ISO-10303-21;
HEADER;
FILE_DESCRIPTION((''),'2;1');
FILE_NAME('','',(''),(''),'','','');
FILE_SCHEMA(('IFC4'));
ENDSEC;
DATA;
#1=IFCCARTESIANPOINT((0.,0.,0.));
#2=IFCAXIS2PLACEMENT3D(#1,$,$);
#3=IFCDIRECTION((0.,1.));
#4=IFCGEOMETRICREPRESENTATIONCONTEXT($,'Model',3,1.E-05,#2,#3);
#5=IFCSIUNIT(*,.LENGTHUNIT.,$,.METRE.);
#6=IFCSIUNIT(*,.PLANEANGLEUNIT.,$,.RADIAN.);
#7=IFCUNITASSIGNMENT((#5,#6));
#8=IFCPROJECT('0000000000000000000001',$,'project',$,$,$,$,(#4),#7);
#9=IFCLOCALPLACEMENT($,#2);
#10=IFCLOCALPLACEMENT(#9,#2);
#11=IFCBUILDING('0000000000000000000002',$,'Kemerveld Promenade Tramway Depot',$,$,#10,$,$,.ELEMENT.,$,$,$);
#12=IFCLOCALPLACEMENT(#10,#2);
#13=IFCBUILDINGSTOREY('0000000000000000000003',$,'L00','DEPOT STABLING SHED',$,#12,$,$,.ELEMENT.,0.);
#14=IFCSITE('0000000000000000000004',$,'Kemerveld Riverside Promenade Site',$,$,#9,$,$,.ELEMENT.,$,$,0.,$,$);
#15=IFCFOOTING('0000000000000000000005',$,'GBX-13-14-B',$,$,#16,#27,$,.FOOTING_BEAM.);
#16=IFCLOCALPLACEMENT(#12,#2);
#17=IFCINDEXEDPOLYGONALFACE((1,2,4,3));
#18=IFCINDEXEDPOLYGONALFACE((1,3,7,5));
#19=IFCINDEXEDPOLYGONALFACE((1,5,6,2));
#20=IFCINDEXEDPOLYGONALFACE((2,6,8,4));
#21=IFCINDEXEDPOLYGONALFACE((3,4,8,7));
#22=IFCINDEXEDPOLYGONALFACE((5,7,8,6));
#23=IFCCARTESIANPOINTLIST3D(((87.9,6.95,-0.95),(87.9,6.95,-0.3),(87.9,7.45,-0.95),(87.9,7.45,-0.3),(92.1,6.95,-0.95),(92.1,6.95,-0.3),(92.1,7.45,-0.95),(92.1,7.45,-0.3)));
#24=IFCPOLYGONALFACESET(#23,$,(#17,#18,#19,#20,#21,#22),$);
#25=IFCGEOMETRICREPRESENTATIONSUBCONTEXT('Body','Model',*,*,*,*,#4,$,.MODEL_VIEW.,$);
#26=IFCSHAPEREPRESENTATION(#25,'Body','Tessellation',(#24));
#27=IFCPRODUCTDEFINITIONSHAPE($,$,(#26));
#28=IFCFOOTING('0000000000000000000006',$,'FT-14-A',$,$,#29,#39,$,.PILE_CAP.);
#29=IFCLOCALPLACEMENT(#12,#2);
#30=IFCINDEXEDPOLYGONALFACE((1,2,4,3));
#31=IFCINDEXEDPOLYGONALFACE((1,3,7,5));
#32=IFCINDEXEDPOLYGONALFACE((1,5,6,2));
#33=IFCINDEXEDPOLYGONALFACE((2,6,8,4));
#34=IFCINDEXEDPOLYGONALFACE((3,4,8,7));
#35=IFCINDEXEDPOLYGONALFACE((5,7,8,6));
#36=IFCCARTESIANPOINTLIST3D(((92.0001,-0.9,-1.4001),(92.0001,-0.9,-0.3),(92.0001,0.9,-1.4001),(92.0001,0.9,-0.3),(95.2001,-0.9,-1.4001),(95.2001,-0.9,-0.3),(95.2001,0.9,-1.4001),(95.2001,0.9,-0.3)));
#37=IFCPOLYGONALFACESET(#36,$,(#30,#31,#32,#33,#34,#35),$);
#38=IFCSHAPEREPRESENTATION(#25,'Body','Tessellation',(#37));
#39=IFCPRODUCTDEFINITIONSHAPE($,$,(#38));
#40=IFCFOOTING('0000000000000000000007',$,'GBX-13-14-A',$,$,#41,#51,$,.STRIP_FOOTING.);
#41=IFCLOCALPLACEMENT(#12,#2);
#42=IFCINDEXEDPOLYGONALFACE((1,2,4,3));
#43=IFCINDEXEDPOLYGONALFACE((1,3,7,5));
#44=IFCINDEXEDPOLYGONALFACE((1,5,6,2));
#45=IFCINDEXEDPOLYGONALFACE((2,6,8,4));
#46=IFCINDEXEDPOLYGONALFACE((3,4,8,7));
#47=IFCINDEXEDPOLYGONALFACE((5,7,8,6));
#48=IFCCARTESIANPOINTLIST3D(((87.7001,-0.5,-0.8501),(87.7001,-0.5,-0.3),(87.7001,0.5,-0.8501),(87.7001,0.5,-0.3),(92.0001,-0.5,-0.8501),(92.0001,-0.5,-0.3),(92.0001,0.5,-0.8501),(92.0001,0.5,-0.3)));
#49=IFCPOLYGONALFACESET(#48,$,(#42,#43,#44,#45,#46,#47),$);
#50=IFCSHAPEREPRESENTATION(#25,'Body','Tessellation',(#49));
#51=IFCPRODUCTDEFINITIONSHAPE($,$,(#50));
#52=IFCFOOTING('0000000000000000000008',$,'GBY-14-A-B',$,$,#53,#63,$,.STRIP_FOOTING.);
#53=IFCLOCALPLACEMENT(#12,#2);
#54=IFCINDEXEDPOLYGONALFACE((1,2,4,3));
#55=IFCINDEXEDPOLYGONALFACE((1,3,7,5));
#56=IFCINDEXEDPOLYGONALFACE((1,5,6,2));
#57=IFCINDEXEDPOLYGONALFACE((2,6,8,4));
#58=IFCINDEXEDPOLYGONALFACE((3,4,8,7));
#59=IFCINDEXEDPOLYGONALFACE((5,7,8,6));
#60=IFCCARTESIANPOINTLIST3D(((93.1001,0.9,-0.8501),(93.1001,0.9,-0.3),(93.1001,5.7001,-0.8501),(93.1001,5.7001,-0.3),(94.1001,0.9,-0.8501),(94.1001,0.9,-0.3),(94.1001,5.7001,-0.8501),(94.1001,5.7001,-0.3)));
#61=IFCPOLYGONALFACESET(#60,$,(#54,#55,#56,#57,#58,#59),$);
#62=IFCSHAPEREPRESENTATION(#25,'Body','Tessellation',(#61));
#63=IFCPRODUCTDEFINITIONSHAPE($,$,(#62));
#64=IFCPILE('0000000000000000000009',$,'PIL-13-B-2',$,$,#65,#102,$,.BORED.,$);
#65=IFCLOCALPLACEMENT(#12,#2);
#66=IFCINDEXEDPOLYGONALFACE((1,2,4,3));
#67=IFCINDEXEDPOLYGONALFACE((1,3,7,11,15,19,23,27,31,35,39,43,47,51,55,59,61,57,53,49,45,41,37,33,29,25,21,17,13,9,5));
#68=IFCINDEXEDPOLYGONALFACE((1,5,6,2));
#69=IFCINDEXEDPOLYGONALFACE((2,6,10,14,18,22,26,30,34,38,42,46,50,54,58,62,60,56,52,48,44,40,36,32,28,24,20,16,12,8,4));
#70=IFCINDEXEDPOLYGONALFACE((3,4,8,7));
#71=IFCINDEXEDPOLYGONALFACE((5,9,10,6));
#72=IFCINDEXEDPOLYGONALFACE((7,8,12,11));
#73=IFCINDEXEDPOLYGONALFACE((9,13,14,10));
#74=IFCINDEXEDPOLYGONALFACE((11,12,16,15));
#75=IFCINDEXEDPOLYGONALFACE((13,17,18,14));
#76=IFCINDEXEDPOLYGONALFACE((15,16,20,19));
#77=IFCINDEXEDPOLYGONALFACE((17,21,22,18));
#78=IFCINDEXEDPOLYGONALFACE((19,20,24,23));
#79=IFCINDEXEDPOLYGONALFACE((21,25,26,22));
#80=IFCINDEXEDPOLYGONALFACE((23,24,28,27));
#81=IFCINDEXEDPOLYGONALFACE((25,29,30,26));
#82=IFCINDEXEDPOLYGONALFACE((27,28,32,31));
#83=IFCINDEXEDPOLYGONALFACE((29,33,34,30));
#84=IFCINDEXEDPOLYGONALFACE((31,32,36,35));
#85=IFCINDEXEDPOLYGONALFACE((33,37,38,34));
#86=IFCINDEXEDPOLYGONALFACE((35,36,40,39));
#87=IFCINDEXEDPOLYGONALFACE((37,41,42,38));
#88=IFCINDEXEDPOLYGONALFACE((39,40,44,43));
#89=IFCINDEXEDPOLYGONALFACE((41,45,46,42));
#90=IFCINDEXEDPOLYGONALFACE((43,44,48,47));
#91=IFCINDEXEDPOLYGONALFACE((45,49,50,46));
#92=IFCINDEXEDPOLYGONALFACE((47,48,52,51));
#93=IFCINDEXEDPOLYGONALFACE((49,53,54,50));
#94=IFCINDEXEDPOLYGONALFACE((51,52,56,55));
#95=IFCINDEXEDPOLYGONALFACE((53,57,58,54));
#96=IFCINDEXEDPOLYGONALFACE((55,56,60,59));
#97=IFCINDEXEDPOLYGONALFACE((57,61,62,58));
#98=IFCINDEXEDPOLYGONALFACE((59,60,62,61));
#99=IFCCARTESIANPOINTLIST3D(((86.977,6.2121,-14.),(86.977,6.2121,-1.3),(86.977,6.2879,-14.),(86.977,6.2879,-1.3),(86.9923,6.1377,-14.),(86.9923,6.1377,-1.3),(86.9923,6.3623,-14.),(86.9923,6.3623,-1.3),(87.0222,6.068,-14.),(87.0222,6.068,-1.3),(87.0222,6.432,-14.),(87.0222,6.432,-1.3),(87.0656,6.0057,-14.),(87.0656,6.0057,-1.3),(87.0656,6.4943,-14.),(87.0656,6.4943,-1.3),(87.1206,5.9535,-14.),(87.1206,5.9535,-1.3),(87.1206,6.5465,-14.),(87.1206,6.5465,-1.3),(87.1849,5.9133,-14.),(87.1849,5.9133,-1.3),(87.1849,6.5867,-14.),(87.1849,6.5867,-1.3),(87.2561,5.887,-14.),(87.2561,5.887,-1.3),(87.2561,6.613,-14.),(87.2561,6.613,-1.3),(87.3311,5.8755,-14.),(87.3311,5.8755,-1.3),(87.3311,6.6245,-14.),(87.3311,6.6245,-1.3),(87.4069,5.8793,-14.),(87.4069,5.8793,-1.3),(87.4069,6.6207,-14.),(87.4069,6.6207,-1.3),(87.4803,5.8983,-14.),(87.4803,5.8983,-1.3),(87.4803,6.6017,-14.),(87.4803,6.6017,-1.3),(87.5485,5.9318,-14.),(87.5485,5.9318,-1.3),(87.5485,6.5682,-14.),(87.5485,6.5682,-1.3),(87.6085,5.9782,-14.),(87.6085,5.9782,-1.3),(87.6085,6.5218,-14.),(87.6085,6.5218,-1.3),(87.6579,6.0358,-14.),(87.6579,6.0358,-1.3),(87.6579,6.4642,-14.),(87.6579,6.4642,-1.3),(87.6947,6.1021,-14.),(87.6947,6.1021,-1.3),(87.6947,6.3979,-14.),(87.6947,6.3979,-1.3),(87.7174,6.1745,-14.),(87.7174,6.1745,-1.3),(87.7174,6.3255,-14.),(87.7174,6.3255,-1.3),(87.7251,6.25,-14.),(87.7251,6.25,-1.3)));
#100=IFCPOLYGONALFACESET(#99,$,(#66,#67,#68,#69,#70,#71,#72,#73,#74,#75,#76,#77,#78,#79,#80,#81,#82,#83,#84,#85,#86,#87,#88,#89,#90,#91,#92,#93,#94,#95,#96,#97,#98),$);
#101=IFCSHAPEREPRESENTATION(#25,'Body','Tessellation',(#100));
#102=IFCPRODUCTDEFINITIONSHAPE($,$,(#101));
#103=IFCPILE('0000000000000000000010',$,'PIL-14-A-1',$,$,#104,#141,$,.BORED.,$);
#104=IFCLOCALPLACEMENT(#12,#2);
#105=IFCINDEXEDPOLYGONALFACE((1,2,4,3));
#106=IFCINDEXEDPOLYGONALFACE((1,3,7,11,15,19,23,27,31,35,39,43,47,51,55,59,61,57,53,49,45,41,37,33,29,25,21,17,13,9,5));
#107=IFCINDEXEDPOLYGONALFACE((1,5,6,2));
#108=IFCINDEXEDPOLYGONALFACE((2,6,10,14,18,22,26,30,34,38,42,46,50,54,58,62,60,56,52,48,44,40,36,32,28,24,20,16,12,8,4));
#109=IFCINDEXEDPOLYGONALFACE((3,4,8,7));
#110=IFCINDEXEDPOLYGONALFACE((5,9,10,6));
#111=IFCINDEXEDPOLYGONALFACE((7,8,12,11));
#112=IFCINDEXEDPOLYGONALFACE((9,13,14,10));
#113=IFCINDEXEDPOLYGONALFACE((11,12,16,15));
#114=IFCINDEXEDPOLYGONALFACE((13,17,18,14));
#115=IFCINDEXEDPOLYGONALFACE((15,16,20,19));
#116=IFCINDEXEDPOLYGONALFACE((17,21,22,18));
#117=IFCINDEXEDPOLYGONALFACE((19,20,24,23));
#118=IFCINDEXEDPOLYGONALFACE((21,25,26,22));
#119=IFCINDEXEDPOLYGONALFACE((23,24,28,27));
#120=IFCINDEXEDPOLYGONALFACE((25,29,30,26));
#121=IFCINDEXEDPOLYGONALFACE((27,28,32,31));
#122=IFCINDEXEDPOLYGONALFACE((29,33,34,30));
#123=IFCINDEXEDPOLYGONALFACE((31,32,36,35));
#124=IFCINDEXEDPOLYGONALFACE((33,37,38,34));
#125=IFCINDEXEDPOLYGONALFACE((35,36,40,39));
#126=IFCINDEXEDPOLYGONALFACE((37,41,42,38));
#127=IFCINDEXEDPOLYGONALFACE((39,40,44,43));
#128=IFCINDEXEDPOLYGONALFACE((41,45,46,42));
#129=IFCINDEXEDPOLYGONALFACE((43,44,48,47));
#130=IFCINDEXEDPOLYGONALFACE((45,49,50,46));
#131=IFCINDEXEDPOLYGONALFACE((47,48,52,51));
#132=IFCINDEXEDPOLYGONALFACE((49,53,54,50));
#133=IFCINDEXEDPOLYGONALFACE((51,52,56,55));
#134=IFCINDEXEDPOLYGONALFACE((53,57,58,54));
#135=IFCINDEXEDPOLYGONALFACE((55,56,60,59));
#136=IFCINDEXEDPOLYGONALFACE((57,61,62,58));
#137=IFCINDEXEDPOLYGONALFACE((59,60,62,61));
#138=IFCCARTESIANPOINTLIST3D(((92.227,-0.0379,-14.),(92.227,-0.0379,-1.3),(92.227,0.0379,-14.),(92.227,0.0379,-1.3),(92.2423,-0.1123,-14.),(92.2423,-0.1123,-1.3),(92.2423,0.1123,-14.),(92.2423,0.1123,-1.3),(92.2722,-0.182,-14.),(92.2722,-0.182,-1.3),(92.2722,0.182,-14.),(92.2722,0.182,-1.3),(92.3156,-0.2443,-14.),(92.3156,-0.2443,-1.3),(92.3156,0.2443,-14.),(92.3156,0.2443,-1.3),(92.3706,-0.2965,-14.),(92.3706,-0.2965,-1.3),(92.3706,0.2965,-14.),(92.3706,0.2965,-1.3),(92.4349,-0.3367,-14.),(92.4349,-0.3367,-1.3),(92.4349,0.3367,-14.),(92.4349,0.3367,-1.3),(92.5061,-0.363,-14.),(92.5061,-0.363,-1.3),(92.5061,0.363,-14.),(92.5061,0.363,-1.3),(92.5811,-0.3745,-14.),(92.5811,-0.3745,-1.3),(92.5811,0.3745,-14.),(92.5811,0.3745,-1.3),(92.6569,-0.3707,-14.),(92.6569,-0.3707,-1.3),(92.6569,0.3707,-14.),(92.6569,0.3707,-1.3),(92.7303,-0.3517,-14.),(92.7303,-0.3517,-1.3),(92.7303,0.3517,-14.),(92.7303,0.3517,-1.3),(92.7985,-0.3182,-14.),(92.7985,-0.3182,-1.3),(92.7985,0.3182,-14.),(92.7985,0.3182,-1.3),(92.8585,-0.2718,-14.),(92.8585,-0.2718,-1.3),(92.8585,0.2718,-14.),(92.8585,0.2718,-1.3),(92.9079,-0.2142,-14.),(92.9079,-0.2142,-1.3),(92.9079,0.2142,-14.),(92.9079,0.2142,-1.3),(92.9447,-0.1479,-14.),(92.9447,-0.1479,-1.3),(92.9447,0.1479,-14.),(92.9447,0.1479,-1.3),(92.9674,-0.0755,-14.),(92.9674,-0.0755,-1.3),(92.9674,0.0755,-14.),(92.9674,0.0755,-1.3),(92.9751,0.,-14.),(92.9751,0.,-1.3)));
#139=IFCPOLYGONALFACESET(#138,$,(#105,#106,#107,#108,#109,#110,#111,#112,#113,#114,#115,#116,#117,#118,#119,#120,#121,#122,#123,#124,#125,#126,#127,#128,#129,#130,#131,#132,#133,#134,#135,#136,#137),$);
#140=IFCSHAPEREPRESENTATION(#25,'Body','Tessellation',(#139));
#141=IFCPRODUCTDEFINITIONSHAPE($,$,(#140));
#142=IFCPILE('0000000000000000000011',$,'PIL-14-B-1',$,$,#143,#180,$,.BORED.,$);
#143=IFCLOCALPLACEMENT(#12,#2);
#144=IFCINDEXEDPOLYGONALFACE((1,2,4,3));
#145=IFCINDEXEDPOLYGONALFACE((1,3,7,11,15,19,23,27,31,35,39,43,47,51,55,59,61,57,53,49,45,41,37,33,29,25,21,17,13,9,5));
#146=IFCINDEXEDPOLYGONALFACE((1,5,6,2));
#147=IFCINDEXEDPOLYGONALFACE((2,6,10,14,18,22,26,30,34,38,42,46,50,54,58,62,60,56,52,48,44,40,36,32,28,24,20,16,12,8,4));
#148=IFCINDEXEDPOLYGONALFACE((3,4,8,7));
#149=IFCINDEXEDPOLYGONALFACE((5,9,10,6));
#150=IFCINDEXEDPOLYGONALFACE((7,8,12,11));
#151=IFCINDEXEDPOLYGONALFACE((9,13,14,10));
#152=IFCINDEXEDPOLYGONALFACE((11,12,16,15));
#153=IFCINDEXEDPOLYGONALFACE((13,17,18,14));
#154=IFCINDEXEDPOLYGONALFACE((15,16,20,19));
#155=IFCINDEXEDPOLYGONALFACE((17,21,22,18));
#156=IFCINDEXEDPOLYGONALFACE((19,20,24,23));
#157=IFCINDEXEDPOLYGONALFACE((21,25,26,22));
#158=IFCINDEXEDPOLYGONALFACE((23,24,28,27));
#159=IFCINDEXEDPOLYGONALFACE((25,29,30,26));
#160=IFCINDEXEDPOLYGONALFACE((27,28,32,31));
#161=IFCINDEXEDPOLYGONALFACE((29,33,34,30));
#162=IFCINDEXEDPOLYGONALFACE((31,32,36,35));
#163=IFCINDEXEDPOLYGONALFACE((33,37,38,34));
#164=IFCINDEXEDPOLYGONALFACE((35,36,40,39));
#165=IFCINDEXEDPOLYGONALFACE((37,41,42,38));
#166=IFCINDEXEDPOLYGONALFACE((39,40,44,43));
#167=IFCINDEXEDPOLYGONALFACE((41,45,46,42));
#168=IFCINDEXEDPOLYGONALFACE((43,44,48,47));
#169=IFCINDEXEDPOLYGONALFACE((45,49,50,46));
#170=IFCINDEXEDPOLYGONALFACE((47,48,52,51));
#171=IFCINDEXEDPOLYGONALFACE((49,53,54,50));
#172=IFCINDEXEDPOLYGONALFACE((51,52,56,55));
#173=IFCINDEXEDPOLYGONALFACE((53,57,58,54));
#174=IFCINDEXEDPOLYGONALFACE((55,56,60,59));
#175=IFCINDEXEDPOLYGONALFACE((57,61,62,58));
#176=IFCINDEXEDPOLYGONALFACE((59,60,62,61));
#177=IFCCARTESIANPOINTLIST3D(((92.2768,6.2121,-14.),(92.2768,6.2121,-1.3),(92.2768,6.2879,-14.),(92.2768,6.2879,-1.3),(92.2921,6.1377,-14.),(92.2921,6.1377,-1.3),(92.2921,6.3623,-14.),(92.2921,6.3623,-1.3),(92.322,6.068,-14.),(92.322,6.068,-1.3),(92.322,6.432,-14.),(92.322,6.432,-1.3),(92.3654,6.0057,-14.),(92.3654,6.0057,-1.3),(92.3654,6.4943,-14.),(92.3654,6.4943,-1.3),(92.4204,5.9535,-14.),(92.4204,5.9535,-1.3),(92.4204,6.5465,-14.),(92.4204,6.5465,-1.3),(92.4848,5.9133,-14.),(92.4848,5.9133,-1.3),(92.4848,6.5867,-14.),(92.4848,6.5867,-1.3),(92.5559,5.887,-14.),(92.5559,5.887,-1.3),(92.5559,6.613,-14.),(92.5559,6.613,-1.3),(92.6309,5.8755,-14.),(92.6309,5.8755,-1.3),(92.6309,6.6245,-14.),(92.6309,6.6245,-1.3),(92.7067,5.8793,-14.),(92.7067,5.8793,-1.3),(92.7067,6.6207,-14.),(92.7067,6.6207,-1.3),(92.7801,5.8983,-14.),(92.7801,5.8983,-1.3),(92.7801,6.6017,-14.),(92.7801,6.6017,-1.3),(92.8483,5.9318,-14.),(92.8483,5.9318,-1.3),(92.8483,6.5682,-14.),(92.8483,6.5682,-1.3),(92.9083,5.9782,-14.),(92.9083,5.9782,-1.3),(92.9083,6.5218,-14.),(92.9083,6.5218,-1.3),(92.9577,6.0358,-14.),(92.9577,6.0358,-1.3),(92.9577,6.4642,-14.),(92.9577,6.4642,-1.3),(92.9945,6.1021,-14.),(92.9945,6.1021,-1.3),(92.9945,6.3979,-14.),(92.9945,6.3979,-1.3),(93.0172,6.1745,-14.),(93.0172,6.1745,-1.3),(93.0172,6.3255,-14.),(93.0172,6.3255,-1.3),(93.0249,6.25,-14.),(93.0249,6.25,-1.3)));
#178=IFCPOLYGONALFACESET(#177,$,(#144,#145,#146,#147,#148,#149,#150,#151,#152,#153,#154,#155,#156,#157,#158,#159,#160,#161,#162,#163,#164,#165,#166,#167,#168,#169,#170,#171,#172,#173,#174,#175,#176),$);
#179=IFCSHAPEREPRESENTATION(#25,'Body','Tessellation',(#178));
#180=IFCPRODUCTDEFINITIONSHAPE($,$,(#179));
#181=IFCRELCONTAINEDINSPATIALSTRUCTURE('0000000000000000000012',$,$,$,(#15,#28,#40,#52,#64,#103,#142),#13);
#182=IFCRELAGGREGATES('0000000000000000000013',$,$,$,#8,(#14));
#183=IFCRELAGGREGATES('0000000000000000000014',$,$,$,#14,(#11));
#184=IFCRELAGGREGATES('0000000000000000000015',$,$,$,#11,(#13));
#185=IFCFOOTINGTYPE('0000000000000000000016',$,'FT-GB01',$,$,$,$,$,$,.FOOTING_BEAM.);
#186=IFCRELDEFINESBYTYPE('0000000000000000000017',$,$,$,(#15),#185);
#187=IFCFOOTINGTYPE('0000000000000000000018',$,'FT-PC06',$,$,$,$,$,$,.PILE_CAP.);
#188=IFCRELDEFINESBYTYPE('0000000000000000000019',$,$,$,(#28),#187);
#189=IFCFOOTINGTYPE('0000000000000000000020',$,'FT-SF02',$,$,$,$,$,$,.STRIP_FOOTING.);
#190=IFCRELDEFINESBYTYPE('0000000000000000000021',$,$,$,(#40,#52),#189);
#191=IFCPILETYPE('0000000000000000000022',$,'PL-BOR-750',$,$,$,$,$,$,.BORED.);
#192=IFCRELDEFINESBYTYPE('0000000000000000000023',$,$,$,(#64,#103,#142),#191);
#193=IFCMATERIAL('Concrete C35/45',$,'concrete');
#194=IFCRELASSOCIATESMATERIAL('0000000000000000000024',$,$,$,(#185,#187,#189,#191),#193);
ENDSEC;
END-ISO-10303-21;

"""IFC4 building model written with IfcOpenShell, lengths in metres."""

from ifc_helpers import new_model, si_unit, direction, frame, origin, origin_2d, place, context, subcontext, project, spatial, rectangle, circle, extrude, material, material_profile, profile_set, type_object, element, save


model = new_model("IFC4")

# Units and contexts
model_context = context("Model", 3, precision=1e-05, world=origin(), true_north=direction((0.0, 1.0)))
body_context = subcontext(model_context, "Body", "Model", "MODEL_VIEW")
ifc_project = project(units=[si_unit("LENGTHUNIT", "METRE"), si_unit("PLANEANGLEUNIT", "RADIAN")], contexts=[model_context])

# Site, building, storey
site_placement = place(None, origin())
site = spatial("IfcSite", under=ifc_project, at=site_placement, Name="Kemerveld Riverside Promenade Site", CompositionType="ELEMENT", RefElevation=0.0)
building_placement = place(site_placement, origin())
building = spatial("IfcBuilding", under=site, at=building_placement, Name="Kemerveld Promenade Tramway Depot", CompositionType="ELEMENT")
storey_placement = place(building_placement, origin())
storey = spatial("IfcBuildingStorey", under=building, at=storey_placement, Name="L00", Description="DEPOT STABLING SHED", CompositionType="ELEMENT", Elevation=0.0)

# Footings
ifc_material_1 = material(Name="Concrete C35/45", Category="concrete")
footing_type_1 = type_object("IfcFootingType", Name="FT-GB01", PredefinedType="FOOTING_BEAM", material=ifc_material_1)
footing_1_placement = place(storey_placement, frame((90.0, 7.2, -0.95), z_axis=(0.0, 0.0, 1.0), x_axis=(1.0, 0.0, 0.0)))
element("IfcFooting", 1, at=footing_1_placement, inside=storey, type_object=footing_type_1, Name="GBX-13-14-B", PredefinedType="FOOTING_BEAM", context=body_context, shape_type="SweptSolid", body=[
    extrude(rectangle(XDim=4.2, YDim=0.5, at=origin_2d()), origin(), (0.0, 0.0, 1.0), 0.6499),
])
footing_type_2 = type_object("IfcFootingType", Name="FT-PC06", PredefinedType="PILE_CAP", material=ifc_material_1)
footing_2_placement = place(storey_placement, frame((93.6001, 0.0, -1.4001), z_axis=(0.0, 0.0, 1.0), x_axis=(1.0, 0.0, 0.0)))
element("IfcFooting", 2, at=footing_2_placement, inside=storey, type_object=footing_type_2, Name="FT-14-A", PredefinedType="PILE_CAP", context=body_context, shape_type="SweptSolid", body=[
    extrude(rectangle(XDim=3.2, YDim=1.8, at=origin_2d()), origin(), (0.0, 0.0, 1.0), 1.1001),
])
footing_type_3 = type_object("IfcFootingType", Name="FT-SF02", PredefinedType="STRIP_FOOTING", material=ifc_material_1)
footing_3_placement = place(storey_placement, frame((89.8501, 0.0, -0.8501), z_axis=(0.0, 0.0, 1.0), x_axis=(1.0, 0.0, 0.0)))
element("IfcFooting", 3, at=footing_3_placement, inside=storey, type_object=footing_type_3, Name="GBX-13-14-A", PredefinedType="STRIP_FOOTING", context=body_context, shape_type="SweptSolid", body=[
    extrude(rectangle(XDim=4.3, YDim=1.0, at=origin_2d()), origin(), (0.0, 0.0, 1.0), 0.55),
])
footing_4_placement = place(storey_placement, frame((93.6001, 3.3, -0.8501), z_axis=(0.0, 0.0, 1.0), x_axis=(0.0, 1.0, 0.0)))
element("IfcFooting", 4, at=footing_4_placement, inside=storey, type_object=footing_type_3, Name="GBY-14-A-B", PredefinedType="STRIP_FOOTING", context=body_context, shape_type="SweptSolid", body=[
    extrude(rectangle(XDim=4.8, YDim=1.0, at=origin_2d()), origin(), (0.0, 0.0, 1.0), 0.55),
])

# Piles
ifc_material_profile_1 = material_profile(ifc_material_1, circle(Radius=0.375, at=origin_2d()), Name="PILE-D750")
ifc_profile_set_1 = profile_set([ifc_material_profile_1], Name="Concrete C35/45")
pile_type = type_object("IfcPileType", Name="PL-BOR-750", PredefinedType="BORED", material=ifc_profile_set_1)
for number, where, z_axis, x_axis, name in (
    (5, (87.3501, 6.25, -1.3), (0.0, 0.0, -1.0), (1.0, 0.0, 0.0), "PIL-13-B-2"),
    (6, (92.6001, 0.0, -1.3), (0.0, 0.0, -1.0), (1.0, 0.0, 0.0), "PIL-14-A-1"),
    (7, (92.6499, 6.25, -1.3), (0.0, 0.0, -1.0), (1.0, 0.0, 0.0), "PIL-14-B-1"),
):
    element("IfcPile", number, at=place(storey_placement, frame(where, z_axis=z_axis, x_axis=x_axis)), inside=storey, type_object=pile_type, Name=name, PredefinedType="BORED", context=body_context, shape_type="SweptSolid", body=[
        extrude(circle(Radius=0.375, at=origin_2d()), origin(), (0.0, 0.0, 1.0), 12.7),
    ])

save(model, "model.ifc")
